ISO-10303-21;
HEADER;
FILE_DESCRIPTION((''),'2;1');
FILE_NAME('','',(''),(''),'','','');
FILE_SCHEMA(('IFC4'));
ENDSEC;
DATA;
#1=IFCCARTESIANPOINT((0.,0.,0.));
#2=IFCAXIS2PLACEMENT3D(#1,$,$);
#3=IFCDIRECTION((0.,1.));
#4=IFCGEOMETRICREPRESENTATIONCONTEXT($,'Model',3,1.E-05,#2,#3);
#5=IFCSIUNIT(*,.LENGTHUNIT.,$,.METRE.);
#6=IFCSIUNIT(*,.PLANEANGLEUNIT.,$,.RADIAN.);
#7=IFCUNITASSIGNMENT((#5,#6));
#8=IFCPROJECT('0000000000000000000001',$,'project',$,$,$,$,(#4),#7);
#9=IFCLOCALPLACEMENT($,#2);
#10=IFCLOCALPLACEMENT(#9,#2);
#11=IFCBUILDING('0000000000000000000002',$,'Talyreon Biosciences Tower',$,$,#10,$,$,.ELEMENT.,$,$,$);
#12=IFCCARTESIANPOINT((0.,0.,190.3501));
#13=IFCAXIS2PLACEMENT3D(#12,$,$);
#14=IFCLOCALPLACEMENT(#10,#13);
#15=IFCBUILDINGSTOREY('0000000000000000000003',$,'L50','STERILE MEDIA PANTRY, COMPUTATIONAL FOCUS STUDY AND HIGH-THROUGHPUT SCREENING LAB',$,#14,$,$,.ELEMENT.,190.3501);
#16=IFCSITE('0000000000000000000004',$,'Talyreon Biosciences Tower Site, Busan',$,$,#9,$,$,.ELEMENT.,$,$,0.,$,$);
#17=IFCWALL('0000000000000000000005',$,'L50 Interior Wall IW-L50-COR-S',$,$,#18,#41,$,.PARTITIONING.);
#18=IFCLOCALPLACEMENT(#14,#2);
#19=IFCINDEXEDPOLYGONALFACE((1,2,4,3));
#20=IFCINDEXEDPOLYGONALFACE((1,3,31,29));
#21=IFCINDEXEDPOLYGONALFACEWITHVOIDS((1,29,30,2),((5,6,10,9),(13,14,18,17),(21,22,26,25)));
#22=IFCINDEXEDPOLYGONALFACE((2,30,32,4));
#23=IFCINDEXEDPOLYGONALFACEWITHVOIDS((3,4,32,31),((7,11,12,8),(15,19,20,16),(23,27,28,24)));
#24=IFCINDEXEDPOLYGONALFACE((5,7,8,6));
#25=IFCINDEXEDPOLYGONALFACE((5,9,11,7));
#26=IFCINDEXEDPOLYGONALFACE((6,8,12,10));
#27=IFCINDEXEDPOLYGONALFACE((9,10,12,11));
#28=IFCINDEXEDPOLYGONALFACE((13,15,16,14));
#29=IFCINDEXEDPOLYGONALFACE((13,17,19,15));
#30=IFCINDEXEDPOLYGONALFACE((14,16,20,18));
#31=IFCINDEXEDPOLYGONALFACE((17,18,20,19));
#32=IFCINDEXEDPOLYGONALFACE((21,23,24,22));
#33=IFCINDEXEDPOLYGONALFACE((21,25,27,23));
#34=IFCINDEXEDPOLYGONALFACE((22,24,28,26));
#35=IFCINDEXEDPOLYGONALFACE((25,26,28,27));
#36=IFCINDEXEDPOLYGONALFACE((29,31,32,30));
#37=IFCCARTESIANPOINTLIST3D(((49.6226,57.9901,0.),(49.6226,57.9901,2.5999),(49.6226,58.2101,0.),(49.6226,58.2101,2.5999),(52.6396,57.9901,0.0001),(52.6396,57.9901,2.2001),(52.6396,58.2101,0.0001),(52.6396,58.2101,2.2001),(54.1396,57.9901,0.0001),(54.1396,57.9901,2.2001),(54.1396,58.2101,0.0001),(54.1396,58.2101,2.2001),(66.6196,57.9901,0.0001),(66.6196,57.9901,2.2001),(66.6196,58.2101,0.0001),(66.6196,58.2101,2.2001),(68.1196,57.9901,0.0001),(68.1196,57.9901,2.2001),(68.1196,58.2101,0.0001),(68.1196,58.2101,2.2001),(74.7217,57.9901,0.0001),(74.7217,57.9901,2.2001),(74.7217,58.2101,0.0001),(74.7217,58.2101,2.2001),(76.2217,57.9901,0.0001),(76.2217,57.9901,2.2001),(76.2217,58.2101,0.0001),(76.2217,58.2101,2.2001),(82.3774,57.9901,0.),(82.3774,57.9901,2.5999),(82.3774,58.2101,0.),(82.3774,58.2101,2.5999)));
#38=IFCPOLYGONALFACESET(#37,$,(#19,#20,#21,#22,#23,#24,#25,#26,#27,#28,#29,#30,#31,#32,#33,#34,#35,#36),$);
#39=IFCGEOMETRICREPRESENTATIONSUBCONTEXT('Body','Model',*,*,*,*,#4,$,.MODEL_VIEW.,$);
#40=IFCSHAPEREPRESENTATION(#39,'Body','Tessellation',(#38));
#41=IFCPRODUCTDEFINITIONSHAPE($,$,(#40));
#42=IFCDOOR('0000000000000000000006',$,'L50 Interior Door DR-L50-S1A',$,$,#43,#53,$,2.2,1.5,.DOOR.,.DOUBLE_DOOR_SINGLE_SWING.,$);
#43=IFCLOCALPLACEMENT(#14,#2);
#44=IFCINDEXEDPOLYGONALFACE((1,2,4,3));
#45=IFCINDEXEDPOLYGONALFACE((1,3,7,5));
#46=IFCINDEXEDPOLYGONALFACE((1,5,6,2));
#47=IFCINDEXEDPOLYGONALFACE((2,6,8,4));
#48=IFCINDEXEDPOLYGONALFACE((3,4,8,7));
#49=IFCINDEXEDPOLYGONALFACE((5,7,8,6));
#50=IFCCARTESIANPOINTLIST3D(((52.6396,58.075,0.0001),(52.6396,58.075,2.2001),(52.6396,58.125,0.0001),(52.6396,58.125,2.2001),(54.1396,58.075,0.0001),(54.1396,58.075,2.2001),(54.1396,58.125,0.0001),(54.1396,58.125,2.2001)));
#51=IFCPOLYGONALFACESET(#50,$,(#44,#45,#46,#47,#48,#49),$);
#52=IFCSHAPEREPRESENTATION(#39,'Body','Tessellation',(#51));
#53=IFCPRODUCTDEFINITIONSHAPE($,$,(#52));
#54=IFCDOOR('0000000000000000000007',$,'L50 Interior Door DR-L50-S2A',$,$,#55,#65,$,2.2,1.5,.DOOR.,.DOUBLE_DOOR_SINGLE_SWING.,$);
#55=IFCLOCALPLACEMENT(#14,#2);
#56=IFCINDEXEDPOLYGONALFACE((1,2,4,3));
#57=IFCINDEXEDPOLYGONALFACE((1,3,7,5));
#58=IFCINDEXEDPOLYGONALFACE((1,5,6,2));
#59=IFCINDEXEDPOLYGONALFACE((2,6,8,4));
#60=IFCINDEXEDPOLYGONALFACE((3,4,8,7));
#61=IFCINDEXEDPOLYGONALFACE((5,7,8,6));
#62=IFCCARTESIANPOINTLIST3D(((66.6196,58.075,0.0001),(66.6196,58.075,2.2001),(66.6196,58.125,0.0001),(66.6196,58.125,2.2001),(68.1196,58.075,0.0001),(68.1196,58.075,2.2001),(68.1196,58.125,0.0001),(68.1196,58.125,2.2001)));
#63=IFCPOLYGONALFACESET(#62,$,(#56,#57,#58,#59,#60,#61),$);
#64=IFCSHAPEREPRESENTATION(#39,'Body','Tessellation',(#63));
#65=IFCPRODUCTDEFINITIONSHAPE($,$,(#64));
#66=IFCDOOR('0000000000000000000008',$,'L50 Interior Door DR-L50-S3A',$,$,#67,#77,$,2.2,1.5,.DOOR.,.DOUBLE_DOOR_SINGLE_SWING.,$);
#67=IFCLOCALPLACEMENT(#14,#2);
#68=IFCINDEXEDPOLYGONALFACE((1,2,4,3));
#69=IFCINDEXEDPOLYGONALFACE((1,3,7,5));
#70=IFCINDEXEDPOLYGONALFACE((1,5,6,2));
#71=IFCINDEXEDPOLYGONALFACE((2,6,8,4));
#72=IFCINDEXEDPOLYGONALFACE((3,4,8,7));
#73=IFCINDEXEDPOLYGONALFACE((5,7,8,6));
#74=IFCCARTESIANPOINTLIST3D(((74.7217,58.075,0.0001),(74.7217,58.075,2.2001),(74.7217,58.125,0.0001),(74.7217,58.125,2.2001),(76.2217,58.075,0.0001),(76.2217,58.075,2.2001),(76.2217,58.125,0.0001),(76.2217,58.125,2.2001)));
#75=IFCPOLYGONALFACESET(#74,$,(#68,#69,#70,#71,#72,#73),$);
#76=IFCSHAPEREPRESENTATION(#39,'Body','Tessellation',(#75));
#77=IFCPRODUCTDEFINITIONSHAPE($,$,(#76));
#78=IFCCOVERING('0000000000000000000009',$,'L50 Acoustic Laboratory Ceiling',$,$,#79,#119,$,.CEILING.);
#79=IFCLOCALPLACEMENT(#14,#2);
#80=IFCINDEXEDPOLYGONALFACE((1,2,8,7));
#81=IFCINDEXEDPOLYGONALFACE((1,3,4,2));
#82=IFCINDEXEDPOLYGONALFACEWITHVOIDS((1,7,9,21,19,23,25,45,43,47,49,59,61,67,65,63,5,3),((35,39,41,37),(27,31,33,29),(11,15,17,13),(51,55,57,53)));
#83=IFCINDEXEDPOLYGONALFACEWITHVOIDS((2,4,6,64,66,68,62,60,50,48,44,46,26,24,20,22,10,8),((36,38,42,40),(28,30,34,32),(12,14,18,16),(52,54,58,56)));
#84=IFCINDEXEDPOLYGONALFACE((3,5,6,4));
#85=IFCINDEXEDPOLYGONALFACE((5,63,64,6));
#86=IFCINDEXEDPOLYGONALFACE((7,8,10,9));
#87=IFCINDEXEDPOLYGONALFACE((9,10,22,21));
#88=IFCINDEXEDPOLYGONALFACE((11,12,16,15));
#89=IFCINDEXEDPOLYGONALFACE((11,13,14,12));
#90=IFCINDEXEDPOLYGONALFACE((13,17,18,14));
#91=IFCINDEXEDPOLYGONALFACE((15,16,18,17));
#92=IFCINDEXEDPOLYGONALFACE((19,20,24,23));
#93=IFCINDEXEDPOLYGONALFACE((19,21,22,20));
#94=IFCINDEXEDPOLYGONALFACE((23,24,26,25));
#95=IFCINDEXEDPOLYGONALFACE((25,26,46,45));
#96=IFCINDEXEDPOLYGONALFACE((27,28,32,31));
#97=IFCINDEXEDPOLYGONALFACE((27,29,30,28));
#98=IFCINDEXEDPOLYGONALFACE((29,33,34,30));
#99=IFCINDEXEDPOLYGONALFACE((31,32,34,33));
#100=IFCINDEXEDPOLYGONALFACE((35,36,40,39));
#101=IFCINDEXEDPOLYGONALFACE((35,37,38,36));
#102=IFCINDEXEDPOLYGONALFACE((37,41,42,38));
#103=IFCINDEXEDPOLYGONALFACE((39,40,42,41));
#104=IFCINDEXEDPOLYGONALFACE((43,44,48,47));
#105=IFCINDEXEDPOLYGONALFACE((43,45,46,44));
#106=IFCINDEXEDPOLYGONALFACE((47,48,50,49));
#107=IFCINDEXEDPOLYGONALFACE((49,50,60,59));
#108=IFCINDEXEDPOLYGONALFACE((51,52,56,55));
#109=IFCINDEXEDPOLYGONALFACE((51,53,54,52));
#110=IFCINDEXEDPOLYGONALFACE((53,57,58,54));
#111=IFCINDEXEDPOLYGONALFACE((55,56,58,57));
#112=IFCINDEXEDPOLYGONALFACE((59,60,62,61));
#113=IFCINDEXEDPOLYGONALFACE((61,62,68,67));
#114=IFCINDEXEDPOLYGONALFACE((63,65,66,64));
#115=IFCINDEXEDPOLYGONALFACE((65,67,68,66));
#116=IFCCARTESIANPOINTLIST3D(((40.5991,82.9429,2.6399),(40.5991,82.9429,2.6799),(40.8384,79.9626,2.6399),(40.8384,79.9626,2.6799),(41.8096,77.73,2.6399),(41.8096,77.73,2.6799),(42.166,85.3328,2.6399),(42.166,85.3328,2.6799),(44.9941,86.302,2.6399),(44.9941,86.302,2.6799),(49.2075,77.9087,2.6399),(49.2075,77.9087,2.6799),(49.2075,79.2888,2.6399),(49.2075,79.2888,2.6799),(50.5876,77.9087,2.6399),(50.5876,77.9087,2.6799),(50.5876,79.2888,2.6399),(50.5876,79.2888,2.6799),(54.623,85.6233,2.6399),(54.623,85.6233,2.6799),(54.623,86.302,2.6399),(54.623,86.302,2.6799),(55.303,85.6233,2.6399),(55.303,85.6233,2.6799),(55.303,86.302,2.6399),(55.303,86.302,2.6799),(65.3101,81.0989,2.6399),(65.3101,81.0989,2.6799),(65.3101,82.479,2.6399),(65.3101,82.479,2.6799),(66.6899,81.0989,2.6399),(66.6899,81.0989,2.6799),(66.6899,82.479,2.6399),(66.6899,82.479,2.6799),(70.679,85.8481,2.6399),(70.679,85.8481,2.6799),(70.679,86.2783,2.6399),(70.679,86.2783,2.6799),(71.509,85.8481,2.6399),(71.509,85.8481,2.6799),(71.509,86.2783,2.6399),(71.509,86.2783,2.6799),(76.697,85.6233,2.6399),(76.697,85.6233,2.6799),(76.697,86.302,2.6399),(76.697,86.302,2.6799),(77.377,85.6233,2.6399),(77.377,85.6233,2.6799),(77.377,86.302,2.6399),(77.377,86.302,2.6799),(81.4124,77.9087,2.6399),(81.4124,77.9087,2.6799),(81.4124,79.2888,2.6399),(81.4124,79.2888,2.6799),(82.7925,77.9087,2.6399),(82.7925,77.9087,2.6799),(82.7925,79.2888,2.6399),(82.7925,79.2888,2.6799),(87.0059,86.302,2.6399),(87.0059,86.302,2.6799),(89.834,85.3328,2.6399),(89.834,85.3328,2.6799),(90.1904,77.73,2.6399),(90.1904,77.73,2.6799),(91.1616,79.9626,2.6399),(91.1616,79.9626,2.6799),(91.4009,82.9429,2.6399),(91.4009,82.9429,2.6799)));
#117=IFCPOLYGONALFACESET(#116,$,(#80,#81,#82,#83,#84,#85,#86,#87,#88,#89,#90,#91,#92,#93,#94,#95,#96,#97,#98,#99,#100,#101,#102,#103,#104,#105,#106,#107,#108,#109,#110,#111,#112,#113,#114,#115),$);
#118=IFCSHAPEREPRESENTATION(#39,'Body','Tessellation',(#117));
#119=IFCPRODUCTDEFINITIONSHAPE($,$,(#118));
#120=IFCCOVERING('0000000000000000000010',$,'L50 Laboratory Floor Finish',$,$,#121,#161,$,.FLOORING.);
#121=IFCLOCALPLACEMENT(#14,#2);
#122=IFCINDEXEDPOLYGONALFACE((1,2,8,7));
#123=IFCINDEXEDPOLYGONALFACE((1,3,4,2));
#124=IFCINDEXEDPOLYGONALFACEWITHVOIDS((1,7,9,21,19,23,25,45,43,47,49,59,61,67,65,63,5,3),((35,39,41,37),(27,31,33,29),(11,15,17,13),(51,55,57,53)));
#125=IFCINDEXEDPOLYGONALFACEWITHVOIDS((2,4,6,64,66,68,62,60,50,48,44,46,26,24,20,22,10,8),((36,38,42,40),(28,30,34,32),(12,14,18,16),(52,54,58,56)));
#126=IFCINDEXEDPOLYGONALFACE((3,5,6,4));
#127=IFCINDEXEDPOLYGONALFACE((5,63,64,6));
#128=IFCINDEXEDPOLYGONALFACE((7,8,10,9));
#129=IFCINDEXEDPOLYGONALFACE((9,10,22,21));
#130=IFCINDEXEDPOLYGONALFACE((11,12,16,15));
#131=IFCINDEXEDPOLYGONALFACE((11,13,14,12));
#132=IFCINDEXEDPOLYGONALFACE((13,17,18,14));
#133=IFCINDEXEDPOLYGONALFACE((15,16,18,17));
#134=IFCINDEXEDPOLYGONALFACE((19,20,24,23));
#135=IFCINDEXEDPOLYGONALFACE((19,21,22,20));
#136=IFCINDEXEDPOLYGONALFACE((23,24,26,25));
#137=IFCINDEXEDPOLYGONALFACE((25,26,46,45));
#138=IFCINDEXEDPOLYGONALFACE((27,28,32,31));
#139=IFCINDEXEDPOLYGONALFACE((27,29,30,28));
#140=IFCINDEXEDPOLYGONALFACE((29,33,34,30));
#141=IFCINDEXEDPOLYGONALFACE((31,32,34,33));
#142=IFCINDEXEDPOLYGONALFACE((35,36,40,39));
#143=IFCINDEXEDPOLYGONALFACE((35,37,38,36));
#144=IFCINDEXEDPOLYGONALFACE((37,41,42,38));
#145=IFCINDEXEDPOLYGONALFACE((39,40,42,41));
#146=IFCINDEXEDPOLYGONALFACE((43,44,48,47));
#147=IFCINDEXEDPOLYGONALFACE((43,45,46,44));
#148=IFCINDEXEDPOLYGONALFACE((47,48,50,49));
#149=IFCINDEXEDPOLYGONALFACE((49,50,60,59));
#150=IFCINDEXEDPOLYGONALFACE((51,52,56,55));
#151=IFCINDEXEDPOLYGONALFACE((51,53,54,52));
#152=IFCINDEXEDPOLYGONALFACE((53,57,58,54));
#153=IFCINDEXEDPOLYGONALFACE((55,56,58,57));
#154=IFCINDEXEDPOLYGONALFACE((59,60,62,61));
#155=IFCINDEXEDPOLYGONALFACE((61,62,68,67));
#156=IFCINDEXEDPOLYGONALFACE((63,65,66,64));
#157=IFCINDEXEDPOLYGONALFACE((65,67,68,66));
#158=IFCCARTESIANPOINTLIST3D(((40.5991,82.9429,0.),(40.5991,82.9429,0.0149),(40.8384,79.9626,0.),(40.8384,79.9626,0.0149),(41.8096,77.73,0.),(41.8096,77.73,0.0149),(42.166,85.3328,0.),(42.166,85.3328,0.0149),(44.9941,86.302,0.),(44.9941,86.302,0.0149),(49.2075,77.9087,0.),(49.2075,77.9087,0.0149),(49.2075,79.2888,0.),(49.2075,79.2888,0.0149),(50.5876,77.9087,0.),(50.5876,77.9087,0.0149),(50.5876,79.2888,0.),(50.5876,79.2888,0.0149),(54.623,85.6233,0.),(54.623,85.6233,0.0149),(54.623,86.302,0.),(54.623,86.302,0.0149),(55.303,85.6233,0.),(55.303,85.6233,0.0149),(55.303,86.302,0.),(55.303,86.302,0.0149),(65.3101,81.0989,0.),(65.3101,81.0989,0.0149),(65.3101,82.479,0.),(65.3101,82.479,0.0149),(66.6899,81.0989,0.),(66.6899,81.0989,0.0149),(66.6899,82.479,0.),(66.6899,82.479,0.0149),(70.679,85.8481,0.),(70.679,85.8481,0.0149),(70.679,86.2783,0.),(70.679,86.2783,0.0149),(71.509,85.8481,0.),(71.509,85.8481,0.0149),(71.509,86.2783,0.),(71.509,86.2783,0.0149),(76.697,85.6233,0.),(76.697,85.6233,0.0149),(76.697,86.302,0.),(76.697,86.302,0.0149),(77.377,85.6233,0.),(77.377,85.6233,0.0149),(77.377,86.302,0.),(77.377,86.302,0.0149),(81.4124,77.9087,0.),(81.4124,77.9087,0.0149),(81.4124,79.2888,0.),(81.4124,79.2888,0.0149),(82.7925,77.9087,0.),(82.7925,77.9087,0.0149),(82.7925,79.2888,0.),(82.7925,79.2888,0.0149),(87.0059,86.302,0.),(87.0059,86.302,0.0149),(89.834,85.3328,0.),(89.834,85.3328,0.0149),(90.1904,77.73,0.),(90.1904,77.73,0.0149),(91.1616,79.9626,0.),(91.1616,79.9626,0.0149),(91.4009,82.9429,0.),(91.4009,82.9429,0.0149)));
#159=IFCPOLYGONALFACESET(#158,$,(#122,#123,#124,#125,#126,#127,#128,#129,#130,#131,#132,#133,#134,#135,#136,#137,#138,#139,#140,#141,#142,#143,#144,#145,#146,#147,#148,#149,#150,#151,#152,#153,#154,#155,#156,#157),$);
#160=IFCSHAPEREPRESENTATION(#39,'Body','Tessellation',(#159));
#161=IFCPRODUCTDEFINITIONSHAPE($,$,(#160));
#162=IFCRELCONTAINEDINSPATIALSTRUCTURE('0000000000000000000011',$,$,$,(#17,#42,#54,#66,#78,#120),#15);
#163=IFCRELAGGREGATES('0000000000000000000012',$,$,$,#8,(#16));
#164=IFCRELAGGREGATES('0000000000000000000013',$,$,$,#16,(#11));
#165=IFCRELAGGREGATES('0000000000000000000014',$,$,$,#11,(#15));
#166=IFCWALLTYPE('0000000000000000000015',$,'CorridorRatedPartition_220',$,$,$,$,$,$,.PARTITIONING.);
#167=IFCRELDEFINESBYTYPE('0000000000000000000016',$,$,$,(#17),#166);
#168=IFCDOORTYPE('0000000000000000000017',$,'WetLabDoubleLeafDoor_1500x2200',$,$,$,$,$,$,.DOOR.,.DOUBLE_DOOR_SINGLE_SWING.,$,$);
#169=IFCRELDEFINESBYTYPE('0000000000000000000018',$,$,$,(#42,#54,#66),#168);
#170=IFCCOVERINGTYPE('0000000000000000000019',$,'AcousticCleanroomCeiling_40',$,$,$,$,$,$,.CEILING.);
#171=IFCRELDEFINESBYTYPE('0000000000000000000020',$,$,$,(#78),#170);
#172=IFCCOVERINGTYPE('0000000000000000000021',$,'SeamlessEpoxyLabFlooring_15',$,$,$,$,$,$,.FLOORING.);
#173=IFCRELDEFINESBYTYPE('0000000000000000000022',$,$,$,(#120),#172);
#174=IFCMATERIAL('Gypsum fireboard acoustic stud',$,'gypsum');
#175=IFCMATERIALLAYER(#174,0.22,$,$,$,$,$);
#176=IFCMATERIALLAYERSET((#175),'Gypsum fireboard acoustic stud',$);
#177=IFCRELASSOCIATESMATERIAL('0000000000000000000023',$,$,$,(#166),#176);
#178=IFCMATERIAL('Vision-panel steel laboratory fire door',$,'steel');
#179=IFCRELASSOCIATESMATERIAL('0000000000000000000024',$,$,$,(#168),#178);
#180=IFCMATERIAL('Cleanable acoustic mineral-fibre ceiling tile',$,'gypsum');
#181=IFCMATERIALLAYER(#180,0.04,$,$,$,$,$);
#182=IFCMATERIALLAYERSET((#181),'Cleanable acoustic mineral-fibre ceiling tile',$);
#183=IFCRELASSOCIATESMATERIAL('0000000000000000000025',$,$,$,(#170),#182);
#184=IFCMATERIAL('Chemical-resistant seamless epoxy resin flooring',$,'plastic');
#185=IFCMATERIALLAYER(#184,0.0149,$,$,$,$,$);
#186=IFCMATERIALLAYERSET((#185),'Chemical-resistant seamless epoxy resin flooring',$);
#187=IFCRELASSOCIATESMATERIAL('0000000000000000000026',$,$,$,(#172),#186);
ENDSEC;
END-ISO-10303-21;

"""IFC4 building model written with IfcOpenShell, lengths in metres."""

from ifc_helpers import new_model, si_unit, direction, frame, frame_2d, origin, place, context, subcontext, project, spatial, polyline, rectangle, outline, extrude, material, layer, layer_set, type_object, element, fill, save


model = new_model("IFC4")

# Units and contexts
model_context = context("Model", 3, precision=1e-05, world=origin(), true_north=direction((0.0, 1.0)))
body_context = subcontext(model_context, "Body", "Model", "MODEL_VIEW")
ifc_project = project(units=[si_unit("LENGTHUNIT", "METRE"), si_unit("PLANEANGLEUNIT", "RADIAN")], contexts=[model_context])

# Site, building, storey
site_placement = place(None, origin())
site = spatial("IfcSite", under=ifc_project, at=site_placement, Name="Talyreon Biosciences Tower Site, Busan", CompositionType="ELEMENT", RefElevation=0.0)
building_placement = place(site_placement, origin())
building = spatial("IfcBuilding", under=site, at=building_placement, Name="Talyreon Biosciences Tower", CompositionType="ELEMENT")
storey_placement = place(building_placement, frame((0.0, 0.0, 190.3501)))
storey = spatial("IfcBuildingStorey", under=building, at=storey_placement, Name="L50", Description="STERILE MEDIA PANTRY, COMPUTATIONAL FOCUS STUDY AND HIGH-THROUGHPUT SCREENING LAB", CompositionType="ELEMENT", Elevation=190.3501)

# Wall, openings, doors
ifc_material_1 = material(Name="Gypsum fireboard acoustic stud", Category="gypsum")
ifc_layer_1 = layer(ifc_material_1, 0.22)
ifc_layer_set_1 = layer_set([ifc_layer_1], Name="Gypsum fireboard acoustic stud")
wall_type = type_object("IfcWallType", Name="CorridorRatedPartition_220", PredefinedType="PARTITIONING", material=ifc_layer_set_1)
wall_placement = place(storey_placement, frame((49.6226, 58.1001, 0.0), z_axis=(0.0, 0.0, 1.0), x_axis=(1.0, 0.0, 0.0)))
wall = element("IfcWall", 1, at=wall_placement, inside=storey, type_object=wall_type, Name="L50 Interior Wall IW-L50-COR-S", PredefinedType="PARTITIONING", context=body_context, shape_type="SweptSolid", body=[
    extrude(rectangle(XDim=32.7549, YDim=0.22, at=frame_2d((16.3774, 0.0))), origin(), (0.0, 0.0, 1.0), 2.5999),
])
opening_1_placement = place(wall_placement, frame((3.0171, 0.0, 0.0)))
opening_1 = element("IfcOpeningElement", 2, at=opening_1_placement, cuts=wall, PredefinedType="OPENING", context=body_context, shape_type="SweptSolid", body=[
    extrude(rectangle(XDim=1.5, YDim=2.2, at=frame_2d((0.75, 1.1001))), frame((0.0, 0.1199, 0.0), z_axis=(0.0, -1.0, 0.0), x_axis=(1.0, 0.0, 0.0)), (0.0, 0.0, 1.0), 0.24),
])
opening_2_placement = place(wall_placement, frame((16.9971, 0.0, 0.0)))
opening_2 = element("IfcOpeningElement", 3, at=opening_2_placement, cuts=wall, PredefinedType="OPENING", context=body_context, shape_type="SweptSolid", body=[
    extrude(rectangle(XDim=1.5, YDim=2.2, at=frame_2d((0.75, 1.1001))), frame((0.0, 0.1199, 0.0), z_axis=(0.0, -1.0, 0.0), x_axis=(1.0, 0.0, 0.0)), (0.0, 0.0, 1.0), 0.24),
])
opening_3_placement = place(wall_placement, frame((25.0991, 0.0, 0.0)))
opening_3 = element("IfcOpeningElement", 4, at=opening_3_placement, cuts=wall, PredefinedType="OPENING", context=body_context, shape_type="SweptSolid", body=[
    extrude(rectangle(XDim=1.5, YDim=2.2, at=frame_2d((0.75, 1.1001))), frame((0.0, 0.1199, 0.0), z_axis=(0.0, -1.0, 0.0), x_axis=(1.0, 0.0, 0.0)), (0.0, 0.0, 1.0), 0.24),
])
ifc_material_2 = material(Name="Vision-panel steel laboratory fire door", Category="steel")
door_type = type_object("IfcDoorType", Name="WetLabDoubleLeafDoor_1500x2200", OperationType="DOUBLE_DOOR_SINGLE_SWING", PredefinedType="DOOR", material=ifc_material_2)
door_1_placement = place(opening_1_placement, origin())
door_1 = element("IfcDoor", 5, at=door_1_placement, inside=storey, type_object=door_type, Name="L50 Interior Door DR-L50-S1A", OperationType="DOUBLE_DOOR_SINGLE_SWING", OverallHeight=2.2, OverallWidth=1.5, PredefinedType="DOOR", context=body_context, shape_type="SweptSolid", body=[
    extrude(rectangle(XDim=1.5, YDim=2.2, at=frame_2d((0.75, 1.1001))), frame((0.0, 0.0249, 0.0), z_axis=(0.0, -1.0, 0.0), x_axis=(1.0, 0.0, 0.0)), (0.0, 0.0, 1.0), 0.05),
])
fill(opening_1, door_1)
door_2_placement = place(opening_2_placement, origin())
door_2 = element("IfcDoor", 6, at=door_2_placement, inside=storey, type_object=door_type, Name="L50 Interior Door DR-L50-S2A", OperationType="DOUBLE_DOOR_SINGLE_SWING", OverallHeight=2.2, OverallWidth=1.5, PredefinedType="DOOR", context=body_context, shape_type="SweptSolid", body=[
    extrude(rectangle(XDim=1.5, YDim=2.2, at=frame_2d((0.75, 1.1001))), frame((0.0, 0.0249, 0.0), z_axis=(0.0, -1.0, 0.0), x_axis=(1.0, 0.0, 0.0)), (0.0, 0.0, 1.0), 0.05),
])
fill(opening_2, door_2)
door_3_placement = place(opening_3_placement, origin())
door_3 = element("IfcDoor", 7, at=door_3_placement, inside=storey, type_object=door_type, Name="L50 Interior Door DR-L50-S3A", OperationType="DOUBLE_DOOR_SINGLE_SWING", OverallHeight=2.2, OverallWidth=1.5, PredefinedType="DOOR", context=body_context, shape_type="SweptSolid", body=[
    extrude(rectangle(XDim=1.5, YDim=2.2, at=frame_2d((0.75, 1.1001))), frame((0.0, 0.0249, 0.0), z_axis=(0.0, -1.0, 0.0), x_axis=(1.0, 0.0, 0.0)), (0.0, 0.0, 1.0), 0.05),
])
fill(opening_3, door_3)

# Coverings
ifc_material_3 = material(Name="Cleanable acoustic mineral-fibre ceiling tile", Category="gypsum")
ifc_layer_2 = layer(ifc_material_3, 0.04)
ifc_layer_set_2 = layer_set([ifc_layer_2], Name="Cleanable acoustic mineral-fibre ceiling tile")
covering_type_1 = type_object("IfcCoveringType", Name="AcousticCleanroomCeiling_40", PredefinedType="CEILING", material=ifc_layer_set_2)
covering_1_placement = place(storey_placement, frame((0.0, 0.0, 2.6399)))
element("IfcCovering", 8, at=covering_1_placement, inside=storey, type_object=covering_type_1, Name="L50 Acoustic Laboratory Ceiling", PredefinedType="CEILING", context=body_context, shape_type="SweptSolid", body=[
    extrude(outline(polyline([(40.5991, 82.9429), (42.166, 85.3328), (44.9941, 86.302), (54.623, 86.302), (54.623, 85.6233), (55.303, 85.6233), (55.303, 86.302), (76.697, 86.302), (76.697, 85.6233), (77.377, 85.6233), (77.377, 86.302), (87.0059, 86.302), (89.834, 85.3328), (91.4009, 82.9429), (91.1616, 79.9626), (90.1904, 77.73), (41.8096, 77.73), (40.8384, 79.9626), (40.5991, 82.9429)]), holes=[polyline([(49.2075, 77.9087), (50.5876, 77.9087), (50.5876, 79.2888), (49.2075, 79.2888), (49.2075, 77.9087)]), polyline([(65.3101, 81.0989), (66.6899, 81.0989), (66.6899, 82.479), (65.3101, 82.479), (65.3101, 81.0989)]), polyline([(82.7925, 77.9087), (82.7925, 79.2888), (81.4124, 79.2888), (81.4124, 77.9087), (82.7925, 77.9087)]), polyline([(71.509, 86.2783), (70.679, 86.2783), (70.679, 85.8481), (71.509, 85.8481), (71.509, 86.2783)])]), origin(), (0.0, 0.0, 1.0), 0.04),
])
ifc_material_4 = material(Name="Chemical-resistant seamless epoxy resin flooring", Category="plastic")
ifc_layer_3 = layer(ifc_material_4, 0.0149)
ifc_layer_set_3 = layer_set([ifc_layer_3], Name="Chemical-resistant seamless epoxy resin flooring")
covering_type_2 = type_object("IfcCoveringType", Name="SeamlessEpoxyLabFlooring_15", PredefinedType="FLOORING", material=ifc_layer_set_3)
covering_2_placement = place(storey_placement, origin())
element("IfcCovering", 9, at=covering_2_placement, inside=storey, type_object=covering_type_2, Name="L50 Laboratory Floor Finish", PredefinedType="FLOORING", context=body_context, shape_type="SweptSolid", body=[
    extrude(outline(polyline([(40.5991, 82.9429), (42.166, 85.3328), (44.9941, 86.302), (54.623, 86.302), (54.623, 85.6233), (55.303, 85.6233), (55.303, 86.302), (76.697, 86.302), (76.697, 85.6233), (77.377, 85.6233), (77.377, 86.302), (87.0059, 86.302), (89.834, 85.3328), (91.4009, 82.9429), (91.1616, 79.9626), (90.1904, 77.73), (41.8096, 77.73), (40.8384, 79.9626), (40.5991, 82.9429)]), holes=[polyline([(49.2075, 77.9087), (50.5876, 77.9087), (50.5876, 79.2888), (49.2075, 79.2888), (49.2075, 77.9087)]), polyline([(65.3101, 81.0989), (66.6899, 81.0989), (66.6899, 82.479), (65.3101, 82.479), (65.3101, 81.0989)]), polyline([(82.7925, 77.9087), (82.7925, 79.2888), (81.4124, 79.2888), (81.4124, 77.9087), (82.7925, 77.9087)]), polyline([(71.509, 86.2783), (70.679, 86.2783), (70.679, 85.8481), (71.509, 85.8481), (71.509, 86.2783)])]), origin(), (0.0, 0.0, 1.0), 0.0149),
])

save(model, "model.ifc")
